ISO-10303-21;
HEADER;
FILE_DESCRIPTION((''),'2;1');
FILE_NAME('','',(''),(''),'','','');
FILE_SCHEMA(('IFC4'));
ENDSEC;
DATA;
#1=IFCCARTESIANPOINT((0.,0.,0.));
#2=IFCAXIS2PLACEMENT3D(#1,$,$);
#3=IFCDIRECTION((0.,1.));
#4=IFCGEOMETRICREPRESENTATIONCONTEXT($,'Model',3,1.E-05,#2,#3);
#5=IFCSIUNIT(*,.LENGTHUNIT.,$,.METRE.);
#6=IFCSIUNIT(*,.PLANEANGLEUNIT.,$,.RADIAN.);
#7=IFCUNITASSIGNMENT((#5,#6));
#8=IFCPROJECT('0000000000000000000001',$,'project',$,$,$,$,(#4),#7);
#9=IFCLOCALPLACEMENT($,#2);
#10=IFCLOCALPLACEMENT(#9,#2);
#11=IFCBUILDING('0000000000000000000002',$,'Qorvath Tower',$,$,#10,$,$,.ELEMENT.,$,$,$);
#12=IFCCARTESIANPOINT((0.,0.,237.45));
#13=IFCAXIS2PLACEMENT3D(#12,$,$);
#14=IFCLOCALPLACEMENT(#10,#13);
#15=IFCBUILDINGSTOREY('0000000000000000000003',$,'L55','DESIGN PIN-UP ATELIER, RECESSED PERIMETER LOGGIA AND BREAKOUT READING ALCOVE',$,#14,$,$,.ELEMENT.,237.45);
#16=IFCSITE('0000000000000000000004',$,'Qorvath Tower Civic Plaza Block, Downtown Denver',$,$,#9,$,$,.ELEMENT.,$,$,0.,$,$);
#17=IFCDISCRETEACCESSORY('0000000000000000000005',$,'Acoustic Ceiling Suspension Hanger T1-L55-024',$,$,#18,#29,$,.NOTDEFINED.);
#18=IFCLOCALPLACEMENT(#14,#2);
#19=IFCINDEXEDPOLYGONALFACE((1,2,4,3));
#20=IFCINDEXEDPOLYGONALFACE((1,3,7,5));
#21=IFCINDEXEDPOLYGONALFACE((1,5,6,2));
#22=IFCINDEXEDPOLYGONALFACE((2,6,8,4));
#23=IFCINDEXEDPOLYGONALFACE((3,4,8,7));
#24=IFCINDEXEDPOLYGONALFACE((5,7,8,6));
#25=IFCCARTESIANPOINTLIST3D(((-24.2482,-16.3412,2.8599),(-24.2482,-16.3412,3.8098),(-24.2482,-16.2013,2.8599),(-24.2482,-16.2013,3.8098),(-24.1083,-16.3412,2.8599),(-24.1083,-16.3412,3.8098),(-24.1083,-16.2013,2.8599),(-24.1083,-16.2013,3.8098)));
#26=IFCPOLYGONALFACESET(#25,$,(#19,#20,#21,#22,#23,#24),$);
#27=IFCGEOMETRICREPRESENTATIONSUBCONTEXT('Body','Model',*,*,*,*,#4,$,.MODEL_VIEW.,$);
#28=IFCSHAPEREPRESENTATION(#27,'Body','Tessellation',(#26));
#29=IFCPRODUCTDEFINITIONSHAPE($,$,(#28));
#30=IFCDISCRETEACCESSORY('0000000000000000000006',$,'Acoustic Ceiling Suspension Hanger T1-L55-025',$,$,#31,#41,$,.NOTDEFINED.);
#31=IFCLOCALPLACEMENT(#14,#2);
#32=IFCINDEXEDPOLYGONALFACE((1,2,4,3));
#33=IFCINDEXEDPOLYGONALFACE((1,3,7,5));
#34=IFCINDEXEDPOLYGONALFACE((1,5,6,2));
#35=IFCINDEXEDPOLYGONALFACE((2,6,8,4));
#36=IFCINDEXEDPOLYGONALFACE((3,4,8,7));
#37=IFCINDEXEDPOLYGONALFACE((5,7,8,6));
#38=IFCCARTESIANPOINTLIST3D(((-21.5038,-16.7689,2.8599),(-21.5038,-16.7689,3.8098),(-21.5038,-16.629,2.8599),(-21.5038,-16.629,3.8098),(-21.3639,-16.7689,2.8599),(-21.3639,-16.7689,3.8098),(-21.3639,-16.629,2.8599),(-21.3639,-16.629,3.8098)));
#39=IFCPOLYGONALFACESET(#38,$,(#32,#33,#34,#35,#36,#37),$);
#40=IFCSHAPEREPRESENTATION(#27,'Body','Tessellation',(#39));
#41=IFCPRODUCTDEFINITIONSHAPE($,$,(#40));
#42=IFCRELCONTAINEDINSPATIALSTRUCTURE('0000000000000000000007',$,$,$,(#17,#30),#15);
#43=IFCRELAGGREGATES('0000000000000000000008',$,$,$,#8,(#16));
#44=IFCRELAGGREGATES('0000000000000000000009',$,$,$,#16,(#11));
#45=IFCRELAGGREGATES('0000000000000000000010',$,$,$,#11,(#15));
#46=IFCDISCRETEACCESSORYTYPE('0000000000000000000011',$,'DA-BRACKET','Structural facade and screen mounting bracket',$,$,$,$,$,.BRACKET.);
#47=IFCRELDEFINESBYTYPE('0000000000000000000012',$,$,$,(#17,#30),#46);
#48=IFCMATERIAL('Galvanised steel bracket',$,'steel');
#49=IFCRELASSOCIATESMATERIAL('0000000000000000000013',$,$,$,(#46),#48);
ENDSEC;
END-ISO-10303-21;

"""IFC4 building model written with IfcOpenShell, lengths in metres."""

from ifc_helpers import new_model, si_unit, direction, frame, origin, origin_2d, place, context, subcontext, project, spatial, rectangle, extrude, material, type_object, element, save


model = new_model("IFC4")

# Units and contexts
model_context = context("Model", 3, precision=1e-05, world=origin(), true_north=direction((0.0, 1.0)))
body_context = subcontext(model_context, "Body", "Model", "MODEL_VIEW")
ifc_project = project(units=[si_unit("LENGTHUNIT", "METRE"), si_unit("PLANEANGLEUNIT", "RADIAN")], contexts=[model_context])

# Site, building, storey
site_placement = place(None, origin())
site = spatial("IfcSite", under=ifc_project, at=site_placement, Name="Qorvath Tower Civic Plaza Block, Downtown Denver", CompositionType="ELEMENT", RefElevation=0.0)
building_placement = place(site_placement, origin())
building = spatial("IfcBuilding", under=site, at=building_placement, Name="Qorvath Tower", CompositionType="ELEMENT")
storey_placement = place(building_placement, frame((0.0, 0.0, 237.45)))
storey = spatial("IfcBuildingStorey", under=building, at=storey_placement, Name="L55", Description="DESIGN PIN-UP ATELIER, RECESSED PERIMETER LOGGIA AND BREAKOUT READING ALCOVE", CompositionType="ELEMENT", Elevation=237.45)

# Discrete accessories
ifc_material_1 = material(Name="Galvanised steel bracket", Category="steel")
discrete_accessory_type = type_object("IfcDiscreteAccessoryType", Name="DA-BRACKET", Description="Structural facade and screen mounting bracket", PredefinedType="BRACKET", material=ifc_material_1)
for number, where, z_axis, x_axis, name in (
    (1, (-24.1782, -16.2712, 2.8599), (0.0, 0.0, 1.0), (1.0, 0.0, 0.0), "Acoustic Ceiling Suspension Hanger T1-L55-024"),
    (2, (-21.4338, -16.699, 2.8599), (0.0, 0.0, 1.0), (1.0, 0.0, 0.0), "Acoustic Ceiling Suspension Hanger T1-L55-025"),
):
    element("IfcDiscreteAccessory", number, at=place(storey_placement, frame(where, z_axis=z_axis, x_axis=x_axis)), inside=storey, type_object=discrete_accessory_type, Name=name, PredefinedType="NOTDEFINED", context=body_context, shape_type="SweptSolid", body=[
        extrude(rectangle(XDim=0.1399, YDim=0.1399, at=origin_2d()), origin(), (0.0, 0.0, 1.0), 0.95),
    ])

save(model, "model.ifc")
